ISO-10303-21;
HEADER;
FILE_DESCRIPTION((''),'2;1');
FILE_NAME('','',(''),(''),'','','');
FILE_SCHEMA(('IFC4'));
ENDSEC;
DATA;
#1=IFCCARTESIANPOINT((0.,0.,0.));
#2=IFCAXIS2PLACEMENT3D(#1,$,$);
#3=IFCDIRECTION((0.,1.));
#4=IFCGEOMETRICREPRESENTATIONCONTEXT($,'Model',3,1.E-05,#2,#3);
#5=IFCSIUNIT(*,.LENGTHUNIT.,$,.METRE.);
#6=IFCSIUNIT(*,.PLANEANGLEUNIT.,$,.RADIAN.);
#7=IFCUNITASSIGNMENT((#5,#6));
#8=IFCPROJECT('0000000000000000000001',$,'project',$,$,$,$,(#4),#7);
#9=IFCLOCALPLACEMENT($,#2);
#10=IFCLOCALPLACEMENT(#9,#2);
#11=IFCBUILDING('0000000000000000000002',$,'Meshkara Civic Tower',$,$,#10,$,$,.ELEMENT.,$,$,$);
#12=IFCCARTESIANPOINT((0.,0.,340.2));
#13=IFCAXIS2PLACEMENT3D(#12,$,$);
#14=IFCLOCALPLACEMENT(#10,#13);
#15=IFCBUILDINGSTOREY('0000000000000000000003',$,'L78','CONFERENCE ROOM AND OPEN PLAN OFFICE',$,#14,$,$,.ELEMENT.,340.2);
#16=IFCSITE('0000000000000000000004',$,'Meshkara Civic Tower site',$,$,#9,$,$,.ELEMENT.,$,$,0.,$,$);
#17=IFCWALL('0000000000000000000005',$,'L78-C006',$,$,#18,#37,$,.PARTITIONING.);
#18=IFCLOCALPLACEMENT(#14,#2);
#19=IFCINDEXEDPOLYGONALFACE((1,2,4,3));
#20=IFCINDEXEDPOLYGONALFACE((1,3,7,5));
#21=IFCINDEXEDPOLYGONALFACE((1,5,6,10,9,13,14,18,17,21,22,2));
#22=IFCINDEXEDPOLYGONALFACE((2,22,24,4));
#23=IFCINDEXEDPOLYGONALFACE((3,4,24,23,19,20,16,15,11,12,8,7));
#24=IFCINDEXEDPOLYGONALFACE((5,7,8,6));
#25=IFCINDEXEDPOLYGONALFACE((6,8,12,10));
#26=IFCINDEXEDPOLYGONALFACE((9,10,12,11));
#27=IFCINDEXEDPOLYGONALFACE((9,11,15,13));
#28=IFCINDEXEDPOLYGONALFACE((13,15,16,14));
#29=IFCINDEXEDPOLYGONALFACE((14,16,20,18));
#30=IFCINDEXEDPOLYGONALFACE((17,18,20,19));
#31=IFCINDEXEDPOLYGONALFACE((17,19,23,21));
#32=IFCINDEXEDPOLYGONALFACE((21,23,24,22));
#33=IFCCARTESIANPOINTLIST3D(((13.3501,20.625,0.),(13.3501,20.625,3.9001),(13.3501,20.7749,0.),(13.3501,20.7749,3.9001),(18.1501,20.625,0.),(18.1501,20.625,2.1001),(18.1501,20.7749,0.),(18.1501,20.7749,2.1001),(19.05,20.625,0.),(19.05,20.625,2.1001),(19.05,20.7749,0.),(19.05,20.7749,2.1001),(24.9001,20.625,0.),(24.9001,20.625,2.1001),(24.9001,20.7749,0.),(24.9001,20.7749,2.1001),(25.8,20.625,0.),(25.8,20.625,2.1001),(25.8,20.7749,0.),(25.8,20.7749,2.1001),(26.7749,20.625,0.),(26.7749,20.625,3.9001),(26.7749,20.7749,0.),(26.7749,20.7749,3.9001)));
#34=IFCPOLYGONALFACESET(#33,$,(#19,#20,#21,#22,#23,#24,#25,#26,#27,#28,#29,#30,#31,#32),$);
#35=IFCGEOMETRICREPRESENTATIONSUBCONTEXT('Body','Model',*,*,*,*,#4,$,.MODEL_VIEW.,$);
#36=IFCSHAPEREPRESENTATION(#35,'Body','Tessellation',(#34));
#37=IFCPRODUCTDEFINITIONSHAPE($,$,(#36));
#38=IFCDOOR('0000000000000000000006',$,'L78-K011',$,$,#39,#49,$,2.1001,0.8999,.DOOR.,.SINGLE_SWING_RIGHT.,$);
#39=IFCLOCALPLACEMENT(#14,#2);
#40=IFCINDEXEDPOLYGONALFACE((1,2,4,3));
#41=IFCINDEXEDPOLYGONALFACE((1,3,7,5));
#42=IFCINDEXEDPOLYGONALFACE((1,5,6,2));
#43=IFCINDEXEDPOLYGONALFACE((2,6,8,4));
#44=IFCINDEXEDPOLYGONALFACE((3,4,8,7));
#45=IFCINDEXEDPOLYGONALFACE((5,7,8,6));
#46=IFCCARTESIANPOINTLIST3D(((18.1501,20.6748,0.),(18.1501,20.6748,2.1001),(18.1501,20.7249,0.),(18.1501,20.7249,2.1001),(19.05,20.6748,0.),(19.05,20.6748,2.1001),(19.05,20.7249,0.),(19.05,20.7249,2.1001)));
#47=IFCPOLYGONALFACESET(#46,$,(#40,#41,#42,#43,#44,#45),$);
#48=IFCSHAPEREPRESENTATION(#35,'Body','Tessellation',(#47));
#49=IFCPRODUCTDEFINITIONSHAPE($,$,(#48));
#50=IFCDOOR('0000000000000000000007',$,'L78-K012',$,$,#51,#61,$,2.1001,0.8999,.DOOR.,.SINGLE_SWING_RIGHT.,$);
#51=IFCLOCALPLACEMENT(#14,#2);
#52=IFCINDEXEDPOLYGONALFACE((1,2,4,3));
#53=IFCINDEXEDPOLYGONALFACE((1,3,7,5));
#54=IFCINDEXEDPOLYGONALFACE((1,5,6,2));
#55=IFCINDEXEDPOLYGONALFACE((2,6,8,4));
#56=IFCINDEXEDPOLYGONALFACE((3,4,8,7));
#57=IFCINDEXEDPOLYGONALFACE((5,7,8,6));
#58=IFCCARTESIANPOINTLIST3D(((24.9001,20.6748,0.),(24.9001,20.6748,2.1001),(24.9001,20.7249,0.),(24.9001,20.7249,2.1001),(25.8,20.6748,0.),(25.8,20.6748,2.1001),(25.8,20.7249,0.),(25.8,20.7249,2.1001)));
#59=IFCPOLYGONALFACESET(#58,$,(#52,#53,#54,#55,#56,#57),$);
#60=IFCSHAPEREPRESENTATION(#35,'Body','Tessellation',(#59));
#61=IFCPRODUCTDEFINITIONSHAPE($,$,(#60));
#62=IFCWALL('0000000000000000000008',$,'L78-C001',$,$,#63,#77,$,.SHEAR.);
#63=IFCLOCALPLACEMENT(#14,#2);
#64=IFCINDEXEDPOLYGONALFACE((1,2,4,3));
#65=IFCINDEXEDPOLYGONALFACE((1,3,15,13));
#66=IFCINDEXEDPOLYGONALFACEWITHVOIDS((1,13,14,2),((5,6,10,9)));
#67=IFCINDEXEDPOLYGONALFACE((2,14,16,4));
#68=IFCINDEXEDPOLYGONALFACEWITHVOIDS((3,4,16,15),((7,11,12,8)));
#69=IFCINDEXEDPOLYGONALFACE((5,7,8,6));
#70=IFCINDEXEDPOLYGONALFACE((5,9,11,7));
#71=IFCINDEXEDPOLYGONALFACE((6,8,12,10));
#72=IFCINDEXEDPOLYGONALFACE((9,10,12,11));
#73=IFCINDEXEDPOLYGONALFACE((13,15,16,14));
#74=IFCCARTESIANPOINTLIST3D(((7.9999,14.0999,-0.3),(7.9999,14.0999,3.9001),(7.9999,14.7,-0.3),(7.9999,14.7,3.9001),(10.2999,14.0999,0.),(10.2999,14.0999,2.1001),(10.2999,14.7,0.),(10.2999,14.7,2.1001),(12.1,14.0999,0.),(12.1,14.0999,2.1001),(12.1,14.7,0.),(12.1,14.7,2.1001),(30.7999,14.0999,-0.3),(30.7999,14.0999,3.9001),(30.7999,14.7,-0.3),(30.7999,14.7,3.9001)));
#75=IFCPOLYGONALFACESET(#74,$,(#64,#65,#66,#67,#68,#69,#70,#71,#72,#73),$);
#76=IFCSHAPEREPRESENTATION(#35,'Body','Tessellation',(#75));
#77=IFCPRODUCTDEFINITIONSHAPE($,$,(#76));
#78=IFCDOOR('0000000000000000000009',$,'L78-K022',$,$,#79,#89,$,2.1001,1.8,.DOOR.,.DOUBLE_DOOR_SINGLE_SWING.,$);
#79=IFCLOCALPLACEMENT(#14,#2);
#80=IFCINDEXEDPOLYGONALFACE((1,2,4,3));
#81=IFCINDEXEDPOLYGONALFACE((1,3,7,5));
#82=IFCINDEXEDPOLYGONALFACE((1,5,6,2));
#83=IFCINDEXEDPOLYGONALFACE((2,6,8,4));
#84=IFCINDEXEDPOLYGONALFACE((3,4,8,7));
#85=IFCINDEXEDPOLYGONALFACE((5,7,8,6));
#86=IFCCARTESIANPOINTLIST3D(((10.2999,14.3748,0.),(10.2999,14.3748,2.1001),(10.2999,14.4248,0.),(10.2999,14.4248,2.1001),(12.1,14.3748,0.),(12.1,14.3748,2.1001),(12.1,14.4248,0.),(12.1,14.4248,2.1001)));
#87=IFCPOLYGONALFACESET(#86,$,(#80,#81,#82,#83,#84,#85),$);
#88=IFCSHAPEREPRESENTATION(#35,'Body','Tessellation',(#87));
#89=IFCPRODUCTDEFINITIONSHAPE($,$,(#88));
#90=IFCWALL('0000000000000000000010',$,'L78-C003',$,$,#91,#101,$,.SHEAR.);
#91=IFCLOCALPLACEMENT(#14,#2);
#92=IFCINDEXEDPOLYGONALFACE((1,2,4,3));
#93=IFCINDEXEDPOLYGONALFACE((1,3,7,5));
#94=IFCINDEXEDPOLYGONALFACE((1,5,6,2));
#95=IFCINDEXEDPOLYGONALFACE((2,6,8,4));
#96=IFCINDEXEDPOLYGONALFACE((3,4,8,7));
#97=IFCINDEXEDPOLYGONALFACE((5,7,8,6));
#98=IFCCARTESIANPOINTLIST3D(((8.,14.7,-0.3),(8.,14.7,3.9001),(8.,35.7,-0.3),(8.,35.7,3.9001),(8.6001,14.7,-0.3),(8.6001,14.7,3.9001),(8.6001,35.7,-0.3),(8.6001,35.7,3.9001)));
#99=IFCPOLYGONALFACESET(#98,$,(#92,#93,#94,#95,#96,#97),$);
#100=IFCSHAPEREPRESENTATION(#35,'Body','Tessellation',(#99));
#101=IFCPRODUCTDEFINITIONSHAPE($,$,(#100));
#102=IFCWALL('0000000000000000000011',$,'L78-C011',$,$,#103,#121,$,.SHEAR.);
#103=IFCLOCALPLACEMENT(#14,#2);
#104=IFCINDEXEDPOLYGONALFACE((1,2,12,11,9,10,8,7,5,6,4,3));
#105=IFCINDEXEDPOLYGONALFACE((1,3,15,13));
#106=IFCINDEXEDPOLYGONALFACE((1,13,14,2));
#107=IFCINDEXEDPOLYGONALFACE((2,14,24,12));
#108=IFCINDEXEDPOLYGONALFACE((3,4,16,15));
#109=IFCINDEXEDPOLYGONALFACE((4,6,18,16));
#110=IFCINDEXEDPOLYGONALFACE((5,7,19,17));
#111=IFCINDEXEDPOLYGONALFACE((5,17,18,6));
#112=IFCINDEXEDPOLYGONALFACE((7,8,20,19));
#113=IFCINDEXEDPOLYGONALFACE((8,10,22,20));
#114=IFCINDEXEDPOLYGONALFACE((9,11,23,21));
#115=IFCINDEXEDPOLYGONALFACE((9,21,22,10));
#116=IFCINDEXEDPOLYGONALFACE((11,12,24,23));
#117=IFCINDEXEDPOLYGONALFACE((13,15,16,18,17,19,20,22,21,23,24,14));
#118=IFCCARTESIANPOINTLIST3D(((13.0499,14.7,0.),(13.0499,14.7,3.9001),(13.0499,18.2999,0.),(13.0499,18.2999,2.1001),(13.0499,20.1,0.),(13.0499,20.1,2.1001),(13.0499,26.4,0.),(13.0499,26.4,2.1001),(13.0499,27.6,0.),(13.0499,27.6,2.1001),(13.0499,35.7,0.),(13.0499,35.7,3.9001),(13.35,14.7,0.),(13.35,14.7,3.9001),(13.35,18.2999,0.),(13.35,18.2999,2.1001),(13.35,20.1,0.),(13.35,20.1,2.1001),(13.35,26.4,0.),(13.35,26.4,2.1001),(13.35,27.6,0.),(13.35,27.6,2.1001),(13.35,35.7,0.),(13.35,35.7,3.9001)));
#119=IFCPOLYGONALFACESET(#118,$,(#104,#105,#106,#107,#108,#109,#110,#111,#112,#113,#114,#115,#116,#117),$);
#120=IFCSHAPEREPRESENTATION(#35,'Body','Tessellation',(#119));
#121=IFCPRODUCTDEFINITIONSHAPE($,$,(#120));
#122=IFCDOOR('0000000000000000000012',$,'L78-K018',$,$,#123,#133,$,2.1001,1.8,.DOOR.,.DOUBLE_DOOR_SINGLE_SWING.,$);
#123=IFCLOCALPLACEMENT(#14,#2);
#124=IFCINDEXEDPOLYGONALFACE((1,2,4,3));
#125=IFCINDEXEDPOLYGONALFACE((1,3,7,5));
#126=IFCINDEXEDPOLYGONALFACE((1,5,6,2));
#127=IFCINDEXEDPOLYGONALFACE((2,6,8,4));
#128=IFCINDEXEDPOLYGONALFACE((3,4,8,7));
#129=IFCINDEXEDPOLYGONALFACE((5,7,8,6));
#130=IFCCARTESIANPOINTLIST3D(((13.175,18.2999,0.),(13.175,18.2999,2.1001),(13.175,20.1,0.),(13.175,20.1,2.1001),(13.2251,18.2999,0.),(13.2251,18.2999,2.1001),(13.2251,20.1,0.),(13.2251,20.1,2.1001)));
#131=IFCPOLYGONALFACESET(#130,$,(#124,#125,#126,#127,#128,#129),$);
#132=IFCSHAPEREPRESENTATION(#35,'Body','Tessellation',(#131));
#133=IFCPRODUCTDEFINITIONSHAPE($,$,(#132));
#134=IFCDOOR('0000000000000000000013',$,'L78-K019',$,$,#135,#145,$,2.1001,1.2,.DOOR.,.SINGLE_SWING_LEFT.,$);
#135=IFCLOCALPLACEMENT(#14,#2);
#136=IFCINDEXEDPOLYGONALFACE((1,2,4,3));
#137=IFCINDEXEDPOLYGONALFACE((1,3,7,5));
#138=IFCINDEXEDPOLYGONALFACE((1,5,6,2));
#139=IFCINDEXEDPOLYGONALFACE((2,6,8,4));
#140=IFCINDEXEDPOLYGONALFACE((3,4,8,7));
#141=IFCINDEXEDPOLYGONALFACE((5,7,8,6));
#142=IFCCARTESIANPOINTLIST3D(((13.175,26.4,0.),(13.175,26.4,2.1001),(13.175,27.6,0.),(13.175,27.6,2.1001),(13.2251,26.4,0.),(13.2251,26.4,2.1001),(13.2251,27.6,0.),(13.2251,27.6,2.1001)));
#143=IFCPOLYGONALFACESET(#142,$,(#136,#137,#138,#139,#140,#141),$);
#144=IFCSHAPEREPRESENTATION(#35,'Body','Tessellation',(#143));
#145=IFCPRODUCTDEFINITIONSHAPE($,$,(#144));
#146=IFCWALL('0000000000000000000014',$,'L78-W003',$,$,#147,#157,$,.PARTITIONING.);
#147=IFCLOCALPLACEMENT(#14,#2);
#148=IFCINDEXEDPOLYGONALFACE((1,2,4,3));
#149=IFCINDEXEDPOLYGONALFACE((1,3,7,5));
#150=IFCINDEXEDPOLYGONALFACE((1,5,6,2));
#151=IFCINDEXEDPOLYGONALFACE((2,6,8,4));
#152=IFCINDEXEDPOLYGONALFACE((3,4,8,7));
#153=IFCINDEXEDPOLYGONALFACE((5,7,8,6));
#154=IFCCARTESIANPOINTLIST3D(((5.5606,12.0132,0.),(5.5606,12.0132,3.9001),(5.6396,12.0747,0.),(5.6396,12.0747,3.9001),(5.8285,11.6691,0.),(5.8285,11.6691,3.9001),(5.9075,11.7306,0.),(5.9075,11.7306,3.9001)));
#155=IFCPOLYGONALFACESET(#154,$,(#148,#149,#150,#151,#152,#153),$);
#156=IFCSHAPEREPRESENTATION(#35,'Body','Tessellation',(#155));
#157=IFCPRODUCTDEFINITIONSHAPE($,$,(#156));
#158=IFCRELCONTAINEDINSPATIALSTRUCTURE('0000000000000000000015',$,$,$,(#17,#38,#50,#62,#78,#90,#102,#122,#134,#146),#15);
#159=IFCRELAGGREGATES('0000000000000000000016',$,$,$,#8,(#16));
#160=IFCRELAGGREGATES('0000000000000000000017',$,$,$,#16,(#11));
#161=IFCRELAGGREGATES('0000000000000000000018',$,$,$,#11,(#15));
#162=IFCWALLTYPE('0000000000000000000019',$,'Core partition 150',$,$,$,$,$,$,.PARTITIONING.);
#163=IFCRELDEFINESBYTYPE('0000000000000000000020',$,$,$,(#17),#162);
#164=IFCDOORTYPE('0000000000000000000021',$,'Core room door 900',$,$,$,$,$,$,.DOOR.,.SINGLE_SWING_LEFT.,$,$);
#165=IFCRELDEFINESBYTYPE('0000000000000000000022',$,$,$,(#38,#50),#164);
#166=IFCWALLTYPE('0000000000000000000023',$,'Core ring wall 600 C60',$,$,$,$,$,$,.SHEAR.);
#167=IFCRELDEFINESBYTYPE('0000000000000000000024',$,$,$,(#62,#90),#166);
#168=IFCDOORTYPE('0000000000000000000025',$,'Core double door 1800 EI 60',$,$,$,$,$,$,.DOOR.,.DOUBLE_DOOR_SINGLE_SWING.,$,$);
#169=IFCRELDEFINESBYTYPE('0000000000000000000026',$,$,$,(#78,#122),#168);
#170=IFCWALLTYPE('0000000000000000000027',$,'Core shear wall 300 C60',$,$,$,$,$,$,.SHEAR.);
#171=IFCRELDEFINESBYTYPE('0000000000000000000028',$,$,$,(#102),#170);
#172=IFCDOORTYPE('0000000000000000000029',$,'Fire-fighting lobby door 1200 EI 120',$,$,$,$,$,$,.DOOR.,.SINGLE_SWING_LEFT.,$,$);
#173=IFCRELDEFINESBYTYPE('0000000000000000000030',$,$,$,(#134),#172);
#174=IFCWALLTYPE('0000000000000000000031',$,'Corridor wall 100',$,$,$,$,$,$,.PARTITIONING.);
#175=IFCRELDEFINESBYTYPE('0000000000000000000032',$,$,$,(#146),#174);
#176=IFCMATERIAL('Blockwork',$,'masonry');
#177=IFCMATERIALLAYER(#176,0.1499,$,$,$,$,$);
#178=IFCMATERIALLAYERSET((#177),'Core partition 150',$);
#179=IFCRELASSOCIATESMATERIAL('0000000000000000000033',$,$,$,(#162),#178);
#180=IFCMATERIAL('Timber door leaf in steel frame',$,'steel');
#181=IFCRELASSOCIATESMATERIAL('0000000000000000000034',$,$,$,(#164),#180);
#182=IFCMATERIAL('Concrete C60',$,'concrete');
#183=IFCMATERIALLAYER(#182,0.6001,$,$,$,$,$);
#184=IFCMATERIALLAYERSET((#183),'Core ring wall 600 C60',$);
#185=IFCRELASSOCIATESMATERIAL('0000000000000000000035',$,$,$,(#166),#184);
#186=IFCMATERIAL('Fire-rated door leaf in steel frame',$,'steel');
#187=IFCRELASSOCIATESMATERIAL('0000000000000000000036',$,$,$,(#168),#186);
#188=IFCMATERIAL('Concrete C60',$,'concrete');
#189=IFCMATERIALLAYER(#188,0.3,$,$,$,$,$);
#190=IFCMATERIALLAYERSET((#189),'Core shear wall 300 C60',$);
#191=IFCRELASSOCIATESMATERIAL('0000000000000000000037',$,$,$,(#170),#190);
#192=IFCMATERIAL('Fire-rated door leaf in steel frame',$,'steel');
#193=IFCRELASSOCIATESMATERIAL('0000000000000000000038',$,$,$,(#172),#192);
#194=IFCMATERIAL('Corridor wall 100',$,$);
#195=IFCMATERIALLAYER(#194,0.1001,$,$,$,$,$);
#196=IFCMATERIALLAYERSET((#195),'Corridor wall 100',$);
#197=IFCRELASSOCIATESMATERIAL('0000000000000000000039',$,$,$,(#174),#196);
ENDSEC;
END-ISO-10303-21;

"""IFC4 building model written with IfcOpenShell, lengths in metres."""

from ifc_helpers import new_model, si_unit, direction, frame, frame_2d, origin, place, context, subcontext, project, spatial, rectangle, extrude, material, layer, layer_set, type_object, element, fill, save


model = new_model("IFC4")

# Units and contexts
model_context = context("Model", 3, precision=1e-05, world=origin(), true_north=direction((0.0, 1.0)))
body_context = subcontext(model_context, "Body", "Model", "MODEL_VIEW")
ifc_project = project(units=[si_unit("LENGTHUNIT", "METRE"), si_unit("PLANEANGLEUNIT", "RADIAN")], contexts=[model_context])

# Site, building, storey
site_placement = place(None, origin())
site = spatial("IfcSite", under=ifc_project, at=site_placement, Name="Meshkara Civic Tower site", CompositionType="ELEMENT", RefElevation=0.0)
building_placement = place(site_placement, origin())
building = spatial("IfcBuilding", under=site, at=building_placement, Name="Meshkara Civic Tower", CompositionType="ELEMENT")
storey_placement = place(building_placement, frame((0.0, 0.0, 340.2)))
storey = spatial("IfcBuildingStorey", under=building, at=storey_placement, Name="L78", Description="CONFERENCE ROOM AND OPEN PLAN OFFICE", CompositionType="ELEMENT", Elevation=340.2)

# Wall, openings, doors
ifc_material_1 = material(Name="Blockwork", Category="masonry")
ifc_layer_1 = layer(ifc_material_1, 0.1499)
ifc_layer_set_1 = layer_set([ifc_layer_1], Name="Core partition 150")
wall_type_1 = type_object("IfcWallType", Name="Core partition 150", PredefinedType="PARTITIONING", material=ifc_layer_set_1)
wall_1_placement = place(storey_placement, frame((13.3501, 20.7, 0.0), z_axis=(0.0, 0.0, 1.0), x_axis=(1.0, 0.0, 0.0)))
wall_1 = element("IfcWall", 1, at=wall_1_placement, inside=storey, type_object=wall_type_1, Name="L78-C006", PredefinedType="PARTITIONING", context=body_context, shape_type="SweptSolid", body=[
    extrude(rectangle(XDim=13.4248, YDim=0.1499, at=frame_2d((6.7124, 0.0))), origin(), (0.0, 0.0, 1.0), 3.9001),
])
opening_1_placement = place(wall_1_placement, frame((4.8, 0.0, 0.0)))
opening_1 = element("IfcOpeningElement", 2, at=opening_1_placement, cuts=wall_1, PredefinedType="OPENING", context=body_context, shape_type="SweptSolid", body=[
    extrude(rectangle(XDim=0.8999, YDim=2.1001, at=frame_2d((0.45, 1.05))), frame((0.0, 0.085, 0.0), z_axis=(0.0, -1.0, 0.0), x_axis=(1.0, 0.0, 0.0)), (0.0, 0.0, 1.0), 0.1699),
])
opening_2_placement = place(wall_1_placement, frame((11.55, 0.0, 0.0)))
opening_2 = element("IfcOpeningElement", 3, at=opening_2_placement, cuts=wall_1, PredefinedType="OPENING", context=body_context, shape_type="SweptSolid", body=[
    extrude(rectangle(XDim=0.8999, YDim=2.1001, at=frame_2d((0.45, 1.05))), frame((0.0, 0.085, 0.0), z_axis=(0.0, -1.0, 0.0), x_axis=(1.0, 0.0, 0.0)), (0.0, 0.0, 1.0), 0.1699),
])
ifc_material_2 = material(Name="Timber door leaf in steel frame", Category="steel")
door_type_1 = type_object("IfcDoorType", Name="Core room door 900", OperationType="SINGLE_SWING_LEFT", PredefinedType="DOOR", material=ifc_material_2)
door_1_placement = place(opening_1_placement, origin())
door_1 = element("IfcDoor", 4, at=door_1_placement, inside=storey, type_object=door_type_1, Name="L78-K011", OperationType="SINGLE_SWING_RIGHT", OverallHeight=2.1001, OverallWidth=0.8999, PredefinedType="DOOR", context=body_context, shape_type="SweptSolid", body=[
    extrude(rectangle(XDim=0.8999, YDim=2.1001, at=frame_2d((0.45, 1.05))), frame((0.0, 0.0249, 0.0), z_axis=(0.0, -1.0, 0.0), x_axis=(1.0, 0.0, 0.0)), (0.0, 0.0, 1.0), 0.05),
])
fill(opening_1, door_1)
door_2_placement = place(opening_2_placement, origin())
door_2 = element("IfcDoor", 5, at=door_2_placement, inside=storey, type_object=door_type_1, Name="L78-K012", OperationType="SINGLE_SWING_RIGHT", OverallHeight=2.1001, OverallWidth=0.8999, PredefinedType="DOOR", context=body_context, shape_type="SweptSolid", body=[
    extrude(rectangle(XDim=0.8999, YDim=2.1001, at=frame_2d((0.45, 1.05))), frame((0.0, 0.0249, 0.0), z_axis=(0.0, -1.0, 0.0), x_axis=(1.0, 0.0, 0.0)), (0.0, 0.0, 1.0), 0.05),
])
fill(opening_2, door_2)

# Wall, opening, door
ifc_material_3 = material(Name="Concrete C60", Category="concrete")
ifc_layer_2 = layer(ifc_material_3, 0.6001)
ifc_layer_set_2 = layer_set([ifc_layer_2], Name="Core ring wall 600 C60")
wall_type_2 = type_object("IfcWallType", Name="Core ring wall 600 C60", PredefinedType="SHEAR", material=ifc_layer_set_2)
wall_2_placement = place(storey_placement, frame((8.0, 14.3999, -0.3), z_axis=(0.0, 0.0, 1.0), x_axis=(1.0, 0.0, 0.0)))
wall_2 = element("IfcWall", 6, at=wall_2_placement, inside=storey, type_object=wall_type_2, Name="L78-C001", PredefinedType="SHEAR", context=body_context, shape_type="SweptSolid", body=[
    extrude(rectangle(XDim=22.8, YDim=0.6001, at=frame_2d((11.3999, 0.0))), origin(), (0.0, 0.0, 1.0), 4.2002),
])
opening_3_placement = place(wall_2_placement, frame((2.3, 0.0, 0.3)))
opening_3 = element("IfcOpeningElement", 7, at=opening_3_placement, cuts=wall_2, PredefinedType="OPENING", context=body_context, shape_type="SweptSolid", body=[
    extrude(rectangle(XDim=1.8, YDim=2.1001, at=frame_2d((0.8999, 1.05))), frame((0.0, 0.3101, 0.0), z_axis=(0.0, -1.0, 0.0), x_axis=(1.0, 0.0, 0.0)), (0.0, 0.0, 1.0), 0.6201),
])
ifc_material_4 = material(Name="Fire-rated door leaf in steel frame", Category="steel")
door_type_2 = type_object("IfcDoorType", Name="Core double door 1800 EI 60", OperationType="DOUBLE_DOOR_SINGLE_SWING", PredefinedType="DOOR", material=ifc_material_4)
door_3_placement = place(opening_3_placement, origin())
door_3 = element("IfcDoor", 8, at=door_3_placement, inside=storey, type_object=door_type_2, Name="L78-K022", OperationType="DOUBLE_DOOR_SINGLE_SWING", OverallHeight=2.1001, OverallWidth=1.8, PredefinedType="DOOR", context=body_context, shape_type="SweptSolid", body=[
    extrude(rectangle(XDim=1.8, YDim=2.1001, at=frame_2d((0.8999, 1.05))), frame((0.0, 0.0249, 0.0), z_axis=(0.0, -1.0, 0.0), x_axis=(1.0, 0.0, 0.0)), (0.0, 0.0, 1.0), 0.05),
])
fill(opening_3, door_3)

# Wall
wall_3_placement = place(storey_placement, frame((8.3, 14.7, -0.3), z_axis=(0.0, 0.0, 1.0), x_axis=(0.0, 1.0, 0.0)))
element("IfcWall", 9, at=wall_3_placement, inside=storey, type_object=wall_type_2, Name="L78-C003", PredefinedType="SHEAR", context=body_context, shape_type="SweptSolid", body=[
    extrude(rectangle(XDim=21.0, YDim=0.6001, at=frame_2d((10.5, 0.0))), origin(), (0.0, 0.0, 1.0), 4.2002),
])

# Wall, openings, doors
ifc_material_5 = material(Name="Concrete C60", Category="concrete")
ifc_layer_3 = layer(ifc_material_5, 0.3)
ifc_layer_set_3 = layer_set([ifc_layer_3], Name="Core shear wall 300 C60")
wall_type_3 = type_object("IfcWallType", Name="Core shear wall 300 C60", PredefinedType="SHEAR", material=ifc_layer_set_3)
wall_4_placement = place(storey_placement, frame((13.2, 14.7, 0.0), z_axis=(0.0, 0.0, 1.0), x_axis=(0.0, 1.0, 0.0)))
wall_4 = element("IfcWall", 10, at=wall_4_placement, inside=storey, type_object=wall_type_3, Name="L78-C011", PredefinedType="SHEAR", context=body_context, shape_type="SweptSolid", body=[
    extrude(rectangle(XDim=21.0, YDim=0.3, at=frame_2d((10.5, 0.0))), origin(), (0.0, 0.0, 1.0), 3.9001),
])
opening_4_placement = place(wall_4_placement, frame((3.6001, 0.0, 0.0)))
opening_4 = element("IfcOpeningElement", 11, at=opening_4_placement, cuts=wall_4, PredefinedType="OPENING", context=body_context, shape_type="SweptSolid", body=[
    extrude(rectangle(XDim=1.8, YDim=2.1001, at=frame_2d((0.8999, 1.05))), frame((0.0, 0.1599, 0.0), z_axis=(0.0, -1.0, 0.0), x_axis=(1.0, 0.0, 0.0)), (0.0, 0.0, 1.0), 0.3201),
])
opening_5_placement = place(wall_4_placement, frame((11.7, 0.0, 0.0)))
opening_5 = element("IfcOpeningElement", 12, at=opening_5_placement, cuts=wall_4, PredefinedType="OPENING", context=body_context, shape_type="SweptSolid", body=[
    extrude(rectangle(XDim=1.2, YDim=2.1001, at=frame_2d((0.6001, 1.05))), frame((0.0, 0.1599, 0.0), z_axis=(0.0, -1.0, 0.0), x_axis=(1.0, 0.0, 0.0)), (0.0, 0.0, 1.0), 0.3201),
])
door_4_placement = place(opening_4_placement, origin())
door_4 = element("IfcDoor", 13, at=door_4_placement, inside=storey, type_object=door_type_2, Name="L78-K018", OperationType="DOUBLE_DOOR_SINGLE_SWING", OverallHeight=2.1001, OverallWidth=1.8, PredefinedType="DOOR", context=body_context, shape_type="SweptSolid", body=[
    extrude(rectangle(XDim=1.8, YDim=2.1001, at=frame_2d((0.8999, 1.05))), frame((0.0, 0.0249, 0.0), z_axis=(0.0, -1.0, 0.0), x_axis=(1.0, 0.0, 0.0)), (0.0, 0.0, 1.0), 0.05),
])
fill(opening_4, door_4)
ifc_material_6 = material(Name="Fire-rated door leaf in steel frame", Category="steel")
door_type_3 = type_object("IfcDoorType", Name="Fire-fighting lobby door 1200 EI 120", OperationType="SINGLE_SWING_LEFT", PredefinedType="DOOR", material=ifc_material_6)
door_5_placement = place(opening_5_placement, origin())
door_5 = element("IfcDoor", 14, at=door_5_placement, inside=storey, type_object=door_type_3, Name="L78-K019", OperationType="SINGLE_SWING_LEFT", OverallHeight=2.1001, OverallWidth=1.2, PredefinedType="DOOR", context=body_context, shape_type="SweptSolid", body=[
    extrude(rectangle(XDim=1.2, YDim=2.1001, at=frame_2d((0.6001, 1.05))), frame((0.0, 0.0249, 0.0), z_axis=(0.0, -1.0, 0.0), x_axis=(1.0, 0.0, 0.0)), (0.0, 0.0, 1.0), 0.05),
])
fill(opening_5, door_5)

# Wall
ifc_material_7 = material(Name="Corridor wall 100")
ifc_layer_4 = layer(ifc_material_7, 0.1001)
ifc_layer_set_4 = layer_set([ifc_layer_4], Name="Corridor wall 100")
wall_type_4 = type_object("IfcWallType", Name="Corridor wall 100", PredefinedType="PARTITIONING", material=ifc_layer_set_4)
wall_5_placement = place(storey_placement, frame((5.6001, 12.0439, 0.0), z_axis=(0.0, 0.0, 1.0), x_axis=(0.614328, -0.789051, 0.0)))
element("IfcWall", 15, at=wall_5_placement, inside=storey, type_object=wall_type_4, Name="L78-W003", PredefinedType="PARTITIONING", context=body_context, shape_type="SweptSolid", body=[
    extrude(rectangle(XDim=0.436, YDim=0.1001, at=frame_2d((0.218, 0.0))), origin(), (0.0, 0.0, 1.0), 3.9001),
])

save(model, "model.ifc")
